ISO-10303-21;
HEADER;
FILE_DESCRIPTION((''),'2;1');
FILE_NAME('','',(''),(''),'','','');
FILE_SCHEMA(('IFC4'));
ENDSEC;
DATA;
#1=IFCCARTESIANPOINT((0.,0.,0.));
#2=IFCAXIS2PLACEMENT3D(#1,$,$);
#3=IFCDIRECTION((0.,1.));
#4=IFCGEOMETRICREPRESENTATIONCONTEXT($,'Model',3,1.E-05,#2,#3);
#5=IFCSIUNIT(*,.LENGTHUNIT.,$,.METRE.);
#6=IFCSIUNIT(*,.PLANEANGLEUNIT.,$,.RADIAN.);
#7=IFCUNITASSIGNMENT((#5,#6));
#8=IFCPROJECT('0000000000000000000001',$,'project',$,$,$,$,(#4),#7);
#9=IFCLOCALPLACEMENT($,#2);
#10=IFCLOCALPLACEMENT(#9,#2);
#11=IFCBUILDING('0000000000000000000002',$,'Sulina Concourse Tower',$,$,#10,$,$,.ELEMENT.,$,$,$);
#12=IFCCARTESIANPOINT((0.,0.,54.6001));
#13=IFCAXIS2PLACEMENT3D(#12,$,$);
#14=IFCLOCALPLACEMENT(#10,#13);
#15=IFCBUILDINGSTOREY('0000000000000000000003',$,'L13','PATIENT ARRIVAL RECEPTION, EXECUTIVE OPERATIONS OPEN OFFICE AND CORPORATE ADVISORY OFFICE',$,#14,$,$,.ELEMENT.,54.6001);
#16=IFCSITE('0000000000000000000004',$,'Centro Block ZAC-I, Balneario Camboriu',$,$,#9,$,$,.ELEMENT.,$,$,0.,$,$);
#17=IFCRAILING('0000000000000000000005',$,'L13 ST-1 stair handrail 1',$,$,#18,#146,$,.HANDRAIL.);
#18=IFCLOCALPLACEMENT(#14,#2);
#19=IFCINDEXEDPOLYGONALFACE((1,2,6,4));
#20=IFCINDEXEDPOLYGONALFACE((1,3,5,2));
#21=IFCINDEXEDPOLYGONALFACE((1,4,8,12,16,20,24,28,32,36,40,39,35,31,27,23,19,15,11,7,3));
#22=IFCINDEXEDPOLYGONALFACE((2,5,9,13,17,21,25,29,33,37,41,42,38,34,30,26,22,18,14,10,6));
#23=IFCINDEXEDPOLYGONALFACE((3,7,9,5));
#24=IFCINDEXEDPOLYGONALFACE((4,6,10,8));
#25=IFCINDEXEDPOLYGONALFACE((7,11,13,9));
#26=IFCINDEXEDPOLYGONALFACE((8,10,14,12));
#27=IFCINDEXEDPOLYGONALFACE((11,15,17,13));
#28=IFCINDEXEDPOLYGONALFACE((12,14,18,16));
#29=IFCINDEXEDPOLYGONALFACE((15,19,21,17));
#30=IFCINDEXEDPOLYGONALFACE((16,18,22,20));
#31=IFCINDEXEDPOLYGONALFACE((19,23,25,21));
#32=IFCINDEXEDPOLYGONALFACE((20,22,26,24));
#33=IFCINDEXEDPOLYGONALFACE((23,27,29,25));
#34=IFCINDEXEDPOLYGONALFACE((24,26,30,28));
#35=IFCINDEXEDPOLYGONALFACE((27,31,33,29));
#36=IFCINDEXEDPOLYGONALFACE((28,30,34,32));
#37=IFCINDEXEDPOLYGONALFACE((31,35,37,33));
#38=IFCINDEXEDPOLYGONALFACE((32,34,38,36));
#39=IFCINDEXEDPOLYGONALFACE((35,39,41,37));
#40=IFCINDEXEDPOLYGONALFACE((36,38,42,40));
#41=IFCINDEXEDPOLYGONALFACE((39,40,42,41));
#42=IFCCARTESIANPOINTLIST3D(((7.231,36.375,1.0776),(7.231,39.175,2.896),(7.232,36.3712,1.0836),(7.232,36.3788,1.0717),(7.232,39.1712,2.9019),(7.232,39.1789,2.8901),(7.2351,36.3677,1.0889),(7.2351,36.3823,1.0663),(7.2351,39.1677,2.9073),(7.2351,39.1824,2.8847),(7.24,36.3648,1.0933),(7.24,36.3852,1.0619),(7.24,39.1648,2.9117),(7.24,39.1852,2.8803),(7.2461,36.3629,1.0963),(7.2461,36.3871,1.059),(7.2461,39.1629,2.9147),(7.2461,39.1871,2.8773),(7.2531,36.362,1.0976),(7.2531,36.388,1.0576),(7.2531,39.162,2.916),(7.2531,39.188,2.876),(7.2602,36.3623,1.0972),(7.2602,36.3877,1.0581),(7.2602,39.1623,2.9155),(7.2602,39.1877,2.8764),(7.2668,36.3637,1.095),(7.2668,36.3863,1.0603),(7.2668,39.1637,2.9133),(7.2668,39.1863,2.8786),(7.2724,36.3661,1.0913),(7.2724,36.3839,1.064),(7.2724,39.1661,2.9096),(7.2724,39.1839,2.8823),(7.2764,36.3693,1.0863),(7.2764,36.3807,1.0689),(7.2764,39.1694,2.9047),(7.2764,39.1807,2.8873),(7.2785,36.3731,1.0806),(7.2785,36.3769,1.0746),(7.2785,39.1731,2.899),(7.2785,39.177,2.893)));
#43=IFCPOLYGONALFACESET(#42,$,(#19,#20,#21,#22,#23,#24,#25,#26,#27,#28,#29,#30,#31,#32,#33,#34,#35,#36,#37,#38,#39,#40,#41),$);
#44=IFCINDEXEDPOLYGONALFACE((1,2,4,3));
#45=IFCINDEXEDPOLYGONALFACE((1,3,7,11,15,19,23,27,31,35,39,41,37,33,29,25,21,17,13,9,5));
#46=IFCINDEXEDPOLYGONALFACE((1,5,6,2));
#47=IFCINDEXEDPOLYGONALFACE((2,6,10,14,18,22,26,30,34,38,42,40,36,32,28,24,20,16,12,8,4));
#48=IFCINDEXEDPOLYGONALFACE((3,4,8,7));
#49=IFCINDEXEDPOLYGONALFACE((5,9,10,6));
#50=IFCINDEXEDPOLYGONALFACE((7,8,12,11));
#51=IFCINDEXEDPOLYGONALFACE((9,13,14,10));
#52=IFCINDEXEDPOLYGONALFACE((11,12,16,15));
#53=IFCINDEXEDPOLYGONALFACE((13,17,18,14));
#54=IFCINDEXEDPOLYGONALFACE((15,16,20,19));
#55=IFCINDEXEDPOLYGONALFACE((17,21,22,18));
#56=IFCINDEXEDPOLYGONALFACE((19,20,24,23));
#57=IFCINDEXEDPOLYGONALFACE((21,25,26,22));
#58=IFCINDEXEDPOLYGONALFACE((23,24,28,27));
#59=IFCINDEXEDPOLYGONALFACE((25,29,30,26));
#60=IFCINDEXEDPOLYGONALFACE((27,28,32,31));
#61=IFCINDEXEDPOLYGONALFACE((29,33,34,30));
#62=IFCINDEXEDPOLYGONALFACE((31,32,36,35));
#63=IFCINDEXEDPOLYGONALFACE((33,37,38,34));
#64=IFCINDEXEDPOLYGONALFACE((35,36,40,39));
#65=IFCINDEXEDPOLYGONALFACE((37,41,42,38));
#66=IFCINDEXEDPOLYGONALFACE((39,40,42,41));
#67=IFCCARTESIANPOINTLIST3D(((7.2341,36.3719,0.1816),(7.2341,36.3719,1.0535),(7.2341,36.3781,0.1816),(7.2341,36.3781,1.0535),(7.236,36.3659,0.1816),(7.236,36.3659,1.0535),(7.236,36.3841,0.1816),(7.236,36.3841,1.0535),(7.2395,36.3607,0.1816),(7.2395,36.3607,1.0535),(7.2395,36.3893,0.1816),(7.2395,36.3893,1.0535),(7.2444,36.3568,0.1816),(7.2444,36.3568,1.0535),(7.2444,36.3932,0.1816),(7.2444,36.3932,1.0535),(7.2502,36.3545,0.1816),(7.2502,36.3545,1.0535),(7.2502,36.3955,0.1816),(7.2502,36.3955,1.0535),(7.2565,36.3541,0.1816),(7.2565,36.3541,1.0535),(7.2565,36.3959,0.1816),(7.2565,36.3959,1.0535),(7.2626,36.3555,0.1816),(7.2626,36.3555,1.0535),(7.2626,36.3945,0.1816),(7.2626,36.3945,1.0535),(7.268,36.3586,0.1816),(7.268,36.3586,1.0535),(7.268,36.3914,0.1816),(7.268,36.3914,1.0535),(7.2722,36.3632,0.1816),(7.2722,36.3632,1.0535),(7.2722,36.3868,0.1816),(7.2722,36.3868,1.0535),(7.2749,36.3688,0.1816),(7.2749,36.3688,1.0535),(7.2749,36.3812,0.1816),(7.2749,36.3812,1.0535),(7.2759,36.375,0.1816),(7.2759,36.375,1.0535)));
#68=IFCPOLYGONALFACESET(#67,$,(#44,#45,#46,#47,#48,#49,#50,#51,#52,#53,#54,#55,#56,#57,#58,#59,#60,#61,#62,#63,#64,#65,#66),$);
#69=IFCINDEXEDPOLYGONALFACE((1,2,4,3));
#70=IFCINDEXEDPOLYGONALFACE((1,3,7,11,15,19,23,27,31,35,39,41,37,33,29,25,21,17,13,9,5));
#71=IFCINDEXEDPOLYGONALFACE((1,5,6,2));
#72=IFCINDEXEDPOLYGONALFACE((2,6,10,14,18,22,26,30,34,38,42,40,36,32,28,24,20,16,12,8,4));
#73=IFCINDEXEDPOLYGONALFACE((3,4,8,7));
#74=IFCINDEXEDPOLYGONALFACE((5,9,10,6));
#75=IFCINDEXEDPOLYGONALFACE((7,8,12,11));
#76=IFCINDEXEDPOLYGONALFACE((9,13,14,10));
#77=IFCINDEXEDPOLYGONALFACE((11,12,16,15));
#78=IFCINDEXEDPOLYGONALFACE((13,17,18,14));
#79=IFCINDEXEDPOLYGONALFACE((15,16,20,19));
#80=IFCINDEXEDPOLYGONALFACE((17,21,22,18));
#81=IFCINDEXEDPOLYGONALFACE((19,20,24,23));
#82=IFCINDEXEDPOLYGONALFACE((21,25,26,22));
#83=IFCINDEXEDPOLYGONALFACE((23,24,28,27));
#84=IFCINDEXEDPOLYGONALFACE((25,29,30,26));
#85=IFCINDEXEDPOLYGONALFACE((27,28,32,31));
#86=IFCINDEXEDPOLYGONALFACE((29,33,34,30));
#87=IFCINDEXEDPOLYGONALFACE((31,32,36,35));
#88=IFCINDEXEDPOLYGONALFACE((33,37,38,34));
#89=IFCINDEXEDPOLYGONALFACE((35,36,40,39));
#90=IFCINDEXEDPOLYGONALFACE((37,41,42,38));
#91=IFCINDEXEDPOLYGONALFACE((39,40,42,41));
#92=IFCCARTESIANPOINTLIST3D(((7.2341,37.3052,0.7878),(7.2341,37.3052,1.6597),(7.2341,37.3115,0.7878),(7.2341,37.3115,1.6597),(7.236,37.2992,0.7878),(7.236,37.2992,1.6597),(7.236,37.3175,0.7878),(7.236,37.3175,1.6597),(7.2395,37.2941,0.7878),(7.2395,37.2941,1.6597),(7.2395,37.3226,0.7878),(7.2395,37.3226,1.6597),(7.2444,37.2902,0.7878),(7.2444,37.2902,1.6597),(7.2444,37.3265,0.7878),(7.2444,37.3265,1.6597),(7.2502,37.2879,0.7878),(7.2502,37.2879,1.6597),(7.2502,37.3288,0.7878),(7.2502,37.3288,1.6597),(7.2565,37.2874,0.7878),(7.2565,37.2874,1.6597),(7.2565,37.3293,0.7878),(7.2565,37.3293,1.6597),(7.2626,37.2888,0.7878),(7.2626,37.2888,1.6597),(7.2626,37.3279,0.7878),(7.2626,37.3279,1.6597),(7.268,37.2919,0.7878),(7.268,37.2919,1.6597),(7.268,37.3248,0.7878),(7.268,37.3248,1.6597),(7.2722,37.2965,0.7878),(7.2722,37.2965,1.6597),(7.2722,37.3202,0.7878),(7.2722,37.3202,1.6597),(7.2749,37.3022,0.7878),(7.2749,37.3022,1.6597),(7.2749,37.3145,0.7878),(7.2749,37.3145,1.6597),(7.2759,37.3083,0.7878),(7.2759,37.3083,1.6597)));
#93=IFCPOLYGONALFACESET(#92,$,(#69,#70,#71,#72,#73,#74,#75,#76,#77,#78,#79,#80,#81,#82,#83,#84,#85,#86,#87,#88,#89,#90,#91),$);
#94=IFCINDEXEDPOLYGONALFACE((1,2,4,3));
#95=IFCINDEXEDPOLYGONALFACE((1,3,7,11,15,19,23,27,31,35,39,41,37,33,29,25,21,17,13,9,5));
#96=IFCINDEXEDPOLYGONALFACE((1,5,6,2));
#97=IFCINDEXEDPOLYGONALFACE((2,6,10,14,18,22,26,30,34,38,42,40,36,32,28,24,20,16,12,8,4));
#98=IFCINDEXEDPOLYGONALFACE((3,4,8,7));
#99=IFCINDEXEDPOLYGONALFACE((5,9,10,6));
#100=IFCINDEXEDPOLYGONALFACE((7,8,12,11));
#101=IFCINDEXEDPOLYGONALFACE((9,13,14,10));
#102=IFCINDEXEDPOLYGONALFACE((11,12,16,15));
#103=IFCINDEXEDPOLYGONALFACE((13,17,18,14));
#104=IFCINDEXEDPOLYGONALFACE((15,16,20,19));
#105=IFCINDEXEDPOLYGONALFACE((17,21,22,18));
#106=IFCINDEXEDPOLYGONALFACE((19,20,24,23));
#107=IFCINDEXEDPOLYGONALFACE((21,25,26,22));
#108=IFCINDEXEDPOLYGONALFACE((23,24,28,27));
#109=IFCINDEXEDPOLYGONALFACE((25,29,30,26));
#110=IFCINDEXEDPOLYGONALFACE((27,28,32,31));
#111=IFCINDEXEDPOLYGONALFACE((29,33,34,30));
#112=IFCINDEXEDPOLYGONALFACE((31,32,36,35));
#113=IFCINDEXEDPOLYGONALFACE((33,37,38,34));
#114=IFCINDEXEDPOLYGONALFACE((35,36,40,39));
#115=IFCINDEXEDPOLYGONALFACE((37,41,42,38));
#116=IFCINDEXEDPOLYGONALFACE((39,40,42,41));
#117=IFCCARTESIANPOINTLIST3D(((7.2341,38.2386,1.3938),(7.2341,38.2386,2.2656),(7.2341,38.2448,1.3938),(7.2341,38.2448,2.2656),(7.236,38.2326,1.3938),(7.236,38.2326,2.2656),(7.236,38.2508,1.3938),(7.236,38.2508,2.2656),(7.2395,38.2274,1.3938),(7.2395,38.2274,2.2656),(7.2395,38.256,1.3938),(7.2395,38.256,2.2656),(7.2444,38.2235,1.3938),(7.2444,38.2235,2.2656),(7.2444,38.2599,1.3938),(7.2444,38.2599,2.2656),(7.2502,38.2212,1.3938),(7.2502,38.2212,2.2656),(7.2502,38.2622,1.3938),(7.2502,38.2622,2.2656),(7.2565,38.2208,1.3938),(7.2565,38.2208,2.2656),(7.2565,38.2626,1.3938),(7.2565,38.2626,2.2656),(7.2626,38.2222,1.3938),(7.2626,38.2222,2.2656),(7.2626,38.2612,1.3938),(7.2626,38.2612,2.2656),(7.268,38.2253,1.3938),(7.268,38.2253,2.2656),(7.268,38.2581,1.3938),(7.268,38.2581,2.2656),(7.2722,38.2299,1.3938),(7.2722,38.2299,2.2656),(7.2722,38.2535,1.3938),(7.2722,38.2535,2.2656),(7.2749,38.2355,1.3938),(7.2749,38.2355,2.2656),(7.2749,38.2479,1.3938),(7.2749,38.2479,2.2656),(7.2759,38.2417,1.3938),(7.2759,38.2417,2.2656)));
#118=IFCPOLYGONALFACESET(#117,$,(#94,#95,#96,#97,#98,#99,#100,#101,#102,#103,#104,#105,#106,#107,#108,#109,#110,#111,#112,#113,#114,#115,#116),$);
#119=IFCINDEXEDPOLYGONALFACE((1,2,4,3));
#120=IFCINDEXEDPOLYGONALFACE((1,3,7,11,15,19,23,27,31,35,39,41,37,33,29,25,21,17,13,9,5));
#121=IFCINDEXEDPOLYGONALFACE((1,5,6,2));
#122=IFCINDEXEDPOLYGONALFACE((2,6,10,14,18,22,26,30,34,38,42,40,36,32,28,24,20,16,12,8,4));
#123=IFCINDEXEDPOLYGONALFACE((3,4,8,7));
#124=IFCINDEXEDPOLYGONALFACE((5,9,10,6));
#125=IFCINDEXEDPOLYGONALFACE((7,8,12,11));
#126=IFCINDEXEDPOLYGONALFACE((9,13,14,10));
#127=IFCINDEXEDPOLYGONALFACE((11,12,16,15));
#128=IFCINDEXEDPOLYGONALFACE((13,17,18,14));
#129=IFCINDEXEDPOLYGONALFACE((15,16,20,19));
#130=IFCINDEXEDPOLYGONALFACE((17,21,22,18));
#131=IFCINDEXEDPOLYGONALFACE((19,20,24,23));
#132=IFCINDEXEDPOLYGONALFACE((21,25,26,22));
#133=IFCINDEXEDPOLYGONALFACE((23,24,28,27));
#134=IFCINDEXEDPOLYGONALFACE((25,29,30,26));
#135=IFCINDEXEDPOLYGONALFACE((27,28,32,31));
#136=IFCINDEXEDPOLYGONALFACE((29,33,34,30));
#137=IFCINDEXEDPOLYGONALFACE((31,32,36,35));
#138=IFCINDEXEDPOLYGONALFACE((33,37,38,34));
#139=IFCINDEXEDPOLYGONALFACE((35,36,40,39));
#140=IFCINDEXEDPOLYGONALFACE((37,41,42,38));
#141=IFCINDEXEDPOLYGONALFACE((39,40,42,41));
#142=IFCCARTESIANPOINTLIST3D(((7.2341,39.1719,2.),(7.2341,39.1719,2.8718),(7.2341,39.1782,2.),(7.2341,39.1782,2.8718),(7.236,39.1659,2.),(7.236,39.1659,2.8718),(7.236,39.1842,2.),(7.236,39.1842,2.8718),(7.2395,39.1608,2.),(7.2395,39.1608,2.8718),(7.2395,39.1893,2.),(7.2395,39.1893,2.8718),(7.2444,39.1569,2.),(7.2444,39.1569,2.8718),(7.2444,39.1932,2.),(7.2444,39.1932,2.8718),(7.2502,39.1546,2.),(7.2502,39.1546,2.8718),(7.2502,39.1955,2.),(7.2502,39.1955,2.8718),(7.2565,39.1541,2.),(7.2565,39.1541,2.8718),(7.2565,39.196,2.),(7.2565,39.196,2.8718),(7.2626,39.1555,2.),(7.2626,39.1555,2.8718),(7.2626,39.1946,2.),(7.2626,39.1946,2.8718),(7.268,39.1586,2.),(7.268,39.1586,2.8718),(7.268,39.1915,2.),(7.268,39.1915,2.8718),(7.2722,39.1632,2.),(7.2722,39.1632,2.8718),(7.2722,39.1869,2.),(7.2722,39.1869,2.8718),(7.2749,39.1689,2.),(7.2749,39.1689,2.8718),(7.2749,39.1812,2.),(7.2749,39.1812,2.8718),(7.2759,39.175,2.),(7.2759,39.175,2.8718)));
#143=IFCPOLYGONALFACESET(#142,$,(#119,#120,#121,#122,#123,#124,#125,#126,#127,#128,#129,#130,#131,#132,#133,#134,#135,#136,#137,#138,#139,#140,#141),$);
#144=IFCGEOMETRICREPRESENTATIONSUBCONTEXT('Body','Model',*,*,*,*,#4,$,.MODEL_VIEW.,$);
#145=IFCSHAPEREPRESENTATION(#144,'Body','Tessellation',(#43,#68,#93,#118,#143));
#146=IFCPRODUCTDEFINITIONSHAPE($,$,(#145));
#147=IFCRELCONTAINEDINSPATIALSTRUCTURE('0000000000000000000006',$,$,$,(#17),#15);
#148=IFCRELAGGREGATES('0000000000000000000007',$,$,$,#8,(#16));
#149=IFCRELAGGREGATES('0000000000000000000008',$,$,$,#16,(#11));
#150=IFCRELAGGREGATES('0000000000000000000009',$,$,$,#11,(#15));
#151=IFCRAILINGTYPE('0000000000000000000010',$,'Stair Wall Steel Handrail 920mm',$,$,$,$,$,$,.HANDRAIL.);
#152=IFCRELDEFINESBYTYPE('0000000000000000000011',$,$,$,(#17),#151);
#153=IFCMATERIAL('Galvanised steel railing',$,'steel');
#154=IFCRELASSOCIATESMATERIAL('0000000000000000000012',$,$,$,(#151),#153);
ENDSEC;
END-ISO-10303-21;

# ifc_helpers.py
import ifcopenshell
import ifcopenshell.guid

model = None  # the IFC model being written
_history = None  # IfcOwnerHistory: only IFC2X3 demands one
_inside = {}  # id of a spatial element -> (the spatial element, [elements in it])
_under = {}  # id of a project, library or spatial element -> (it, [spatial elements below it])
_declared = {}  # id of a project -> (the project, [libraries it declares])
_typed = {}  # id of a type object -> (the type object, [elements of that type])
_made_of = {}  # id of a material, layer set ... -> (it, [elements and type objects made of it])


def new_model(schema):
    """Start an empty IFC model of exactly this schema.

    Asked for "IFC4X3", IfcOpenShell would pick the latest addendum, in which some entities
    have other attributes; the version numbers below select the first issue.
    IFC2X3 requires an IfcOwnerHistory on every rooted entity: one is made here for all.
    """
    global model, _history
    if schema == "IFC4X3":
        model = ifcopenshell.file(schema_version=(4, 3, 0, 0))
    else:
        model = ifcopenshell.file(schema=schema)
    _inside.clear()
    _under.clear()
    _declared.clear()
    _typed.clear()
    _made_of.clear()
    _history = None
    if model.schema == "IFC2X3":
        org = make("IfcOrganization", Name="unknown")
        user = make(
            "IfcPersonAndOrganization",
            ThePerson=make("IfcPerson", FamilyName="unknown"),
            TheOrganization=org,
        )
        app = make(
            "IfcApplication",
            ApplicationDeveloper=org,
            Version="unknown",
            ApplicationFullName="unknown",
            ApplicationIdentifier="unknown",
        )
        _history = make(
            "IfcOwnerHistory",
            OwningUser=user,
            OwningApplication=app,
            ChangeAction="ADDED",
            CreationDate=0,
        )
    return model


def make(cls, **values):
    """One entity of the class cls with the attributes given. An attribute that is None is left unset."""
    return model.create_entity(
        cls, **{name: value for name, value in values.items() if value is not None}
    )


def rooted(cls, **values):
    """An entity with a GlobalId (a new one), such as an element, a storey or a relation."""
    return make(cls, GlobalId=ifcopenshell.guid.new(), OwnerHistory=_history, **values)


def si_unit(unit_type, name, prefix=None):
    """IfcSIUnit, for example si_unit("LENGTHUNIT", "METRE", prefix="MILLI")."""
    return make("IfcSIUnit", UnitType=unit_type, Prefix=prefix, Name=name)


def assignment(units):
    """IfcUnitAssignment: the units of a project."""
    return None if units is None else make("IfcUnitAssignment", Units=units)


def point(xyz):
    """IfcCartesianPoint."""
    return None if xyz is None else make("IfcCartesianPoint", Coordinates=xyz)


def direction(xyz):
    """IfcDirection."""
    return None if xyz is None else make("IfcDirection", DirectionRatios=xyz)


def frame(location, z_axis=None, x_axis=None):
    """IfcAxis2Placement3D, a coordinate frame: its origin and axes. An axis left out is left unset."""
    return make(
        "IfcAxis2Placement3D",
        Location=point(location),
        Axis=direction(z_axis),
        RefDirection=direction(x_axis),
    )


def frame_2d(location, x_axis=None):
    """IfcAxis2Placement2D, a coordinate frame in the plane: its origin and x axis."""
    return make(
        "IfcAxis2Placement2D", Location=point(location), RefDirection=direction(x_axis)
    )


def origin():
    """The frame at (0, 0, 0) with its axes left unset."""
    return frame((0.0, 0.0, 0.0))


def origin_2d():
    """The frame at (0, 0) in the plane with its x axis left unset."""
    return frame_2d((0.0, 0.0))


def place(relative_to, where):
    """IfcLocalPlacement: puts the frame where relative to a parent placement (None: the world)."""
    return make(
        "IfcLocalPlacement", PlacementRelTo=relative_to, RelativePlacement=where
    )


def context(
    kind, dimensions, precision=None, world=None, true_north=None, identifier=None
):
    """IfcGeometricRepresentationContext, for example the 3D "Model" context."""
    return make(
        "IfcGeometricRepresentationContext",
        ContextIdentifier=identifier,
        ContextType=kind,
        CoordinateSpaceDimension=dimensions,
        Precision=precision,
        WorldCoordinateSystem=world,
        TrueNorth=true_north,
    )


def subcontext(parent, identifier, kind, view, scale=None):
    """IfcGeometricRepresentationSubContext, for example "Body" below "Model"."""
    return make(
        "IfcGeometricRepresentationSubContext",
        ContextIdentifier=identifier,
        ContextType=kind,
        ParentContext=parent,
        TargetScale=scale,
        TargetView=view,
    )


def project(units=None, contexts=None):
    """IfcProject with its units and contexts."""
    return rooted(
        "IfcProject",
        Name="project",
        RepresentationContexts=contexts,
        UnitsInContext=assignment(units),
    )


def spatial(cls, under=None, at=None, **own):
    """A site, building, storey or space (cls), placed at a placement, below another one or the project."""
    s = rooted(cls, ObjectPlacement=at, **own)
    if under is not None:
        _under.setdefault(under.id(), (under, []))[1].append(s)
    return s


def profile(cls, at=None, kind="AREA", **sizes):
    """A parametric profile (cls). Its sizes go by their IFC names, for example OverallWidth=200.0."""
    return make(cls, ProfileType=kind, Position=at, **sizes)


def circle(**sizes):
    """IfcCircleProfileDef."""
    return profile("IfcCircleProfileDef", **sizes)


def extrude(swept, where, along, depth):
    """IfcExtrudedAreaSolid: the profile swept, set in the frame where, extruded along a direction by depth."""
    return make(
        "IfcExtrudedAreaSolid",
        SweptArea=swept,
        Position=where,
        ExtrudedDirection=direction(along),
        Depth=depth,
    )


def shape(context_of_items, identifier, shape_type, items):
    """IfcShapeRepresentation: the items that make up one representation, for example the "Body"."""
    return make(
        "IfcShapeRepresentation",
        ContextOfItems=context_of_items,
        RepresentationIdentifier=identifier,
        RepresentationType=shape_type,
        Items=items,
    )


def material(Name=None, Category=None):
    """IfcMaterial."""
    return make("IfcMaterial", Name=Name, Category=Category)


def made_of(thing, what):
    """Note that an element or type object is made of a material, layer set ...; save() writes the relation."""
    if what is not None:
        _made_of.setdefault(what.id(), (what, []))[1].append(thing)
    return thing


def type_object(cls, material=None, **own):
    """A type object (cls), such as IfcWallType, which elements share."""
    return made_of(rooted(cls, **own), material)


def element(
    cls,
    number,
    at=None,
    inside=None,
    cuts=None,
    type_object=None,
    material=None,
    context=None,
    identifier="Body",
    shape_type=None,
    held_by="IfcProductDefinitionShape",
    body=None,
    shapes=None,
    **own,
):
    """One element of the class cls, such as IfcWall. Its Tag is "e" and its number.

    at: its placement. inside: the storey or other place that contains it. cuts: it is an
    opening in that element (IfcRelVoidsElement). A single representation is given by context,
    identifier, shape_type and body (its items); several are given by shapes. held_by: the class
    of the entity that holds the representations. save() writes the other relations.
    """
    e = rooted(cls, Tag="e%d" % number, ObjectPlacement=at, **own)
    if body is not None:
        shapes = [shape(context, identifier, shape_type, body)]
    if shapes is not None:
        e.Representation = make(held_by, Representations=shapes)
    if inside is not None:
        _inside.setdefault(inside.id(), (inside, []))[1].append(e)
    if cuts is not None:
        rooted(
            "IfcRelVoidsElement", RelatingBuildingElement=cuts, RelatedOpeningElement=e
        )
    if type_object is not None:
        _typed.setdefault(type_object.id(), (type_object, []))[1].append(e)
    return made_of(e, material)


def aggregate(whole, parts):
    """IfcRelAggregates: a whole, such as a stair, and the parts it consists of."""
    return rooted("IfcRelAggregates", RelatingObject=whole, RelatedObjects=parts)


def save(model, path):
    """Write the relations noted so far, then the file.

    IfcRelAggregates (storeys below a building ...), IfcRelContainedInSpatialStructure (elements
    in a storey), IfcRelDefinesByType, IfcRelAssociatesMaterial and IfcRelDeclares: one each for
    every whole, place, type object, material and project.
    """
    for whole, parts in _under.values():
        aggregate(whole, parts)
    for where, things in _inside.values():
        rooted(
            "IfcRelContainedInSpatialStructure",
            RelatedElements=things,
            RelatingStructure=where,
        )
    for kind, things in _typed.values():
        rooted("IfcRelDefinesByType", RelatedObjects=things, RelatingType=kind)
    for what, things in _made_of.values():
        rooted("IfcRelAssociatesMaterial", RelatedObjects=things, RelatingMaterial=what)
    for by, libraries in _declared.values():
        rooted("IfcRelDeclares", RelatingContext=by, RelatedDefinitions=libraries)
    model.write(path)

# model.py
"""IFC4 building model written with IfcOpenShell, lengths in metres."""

from ifc_helpers import new_model, si_unit, direction, frame, origin, origin_2d, place, context, subcontext, project, spatial, circle, extrude, material, type_object, element, save


model = new_model("IFC4")

# Units and contexts
model_context = context("Model", 3, precision=1e-05, world=origin(), true_north=direction((0.0, 1.0)))
body_context = subcontext(model_context, "Body", "Model", "MODEL_VIEW")
ifc_project = project(units=[si_unit("LENGTHUNIT", "METRE"), si_unit("PLANEANGLEUNIT", "RADIAN")], contexts=[model_context])

# Site, building, storey
site_placement = place(None, origin())
site = spatial("IfcSite", under=ifc_project, at=site_placement, Name="Centro Block ZAC-I, Balneario Camboriu", CompositionType="ELEMENT", RefElevation=0.0)
building_placement = place(site_placement, origin())
building = spatial("IfcBuilding", under=site, at=building_placement, Name="Sulina Concourse Tower", CompositionType="ELEMENT")
storey_placement = place(building_placement, frame((0.0, 0.0, 54.6001)))
storey = spatial("IfcBuildingStorey", under=building, at=storey_placement, Name="L13", Description="PATIENT ARRIVAL RECEPTION, EXECUTIVE OPERATIONS OPEN OFFICE AND CORPORATE ADVISORY OFFICE", CompositionType="ELEMENT", Elevation=54.6001)

# Railing
ifc_material_1 = material(Name="Galvanised steel railing", Category="steel")
railing_type_1 = type_object("IfcRailingType", Name="Stair Wall Steel Handrail 920mm", PredefinedType="HANDRAIL", material=ifc_material_1)
railing_1_placement = place(storey_placement, frame((7.2549, 36.375, 0.1816)))
element("IfcRailing", 1, at=railing_1_placement, inside=storey, type_object=railing_type_1, Name="L13 ST-1 stair handrail 1", PredefinedType="HANDRAIL", context=body_context, shape_type="SweptSolid", body=[
    extrude(circle(Radius=0.0239, at=origin_2d()), frame((0.0, 0.0, 0.896), z_axis=(0.0, 0.838672, 0.544636), x_axis=(-1.0, 0.0, 0.0)), (0.0, 0.0, 1.0), 3.3386),
    extrude(circle(Radius=0.021, at=origin_2d()), origin(), (0.0, 0.0, 1.0), 0.8718),
    extrude(circle(Radius=0.021, at=origin_2d()), frame((0.0, 0.9333, 0.6062)), (0.0, 0.0, 1.0), 0.8718),
    extrude(circle(Radius=0.021, at=origin_2d()), frame((0.0, 1.8667, 1.2122)), (0.0, 0.0, 1.0), 0.8718),
    extrude(circle(Radius=0.021, at=origin_2d()), frame((0.0, 2.8, 1.8184)), (0.0, 0.0, 1.0), 0.8718),
])

save(model, "model.ifc")
